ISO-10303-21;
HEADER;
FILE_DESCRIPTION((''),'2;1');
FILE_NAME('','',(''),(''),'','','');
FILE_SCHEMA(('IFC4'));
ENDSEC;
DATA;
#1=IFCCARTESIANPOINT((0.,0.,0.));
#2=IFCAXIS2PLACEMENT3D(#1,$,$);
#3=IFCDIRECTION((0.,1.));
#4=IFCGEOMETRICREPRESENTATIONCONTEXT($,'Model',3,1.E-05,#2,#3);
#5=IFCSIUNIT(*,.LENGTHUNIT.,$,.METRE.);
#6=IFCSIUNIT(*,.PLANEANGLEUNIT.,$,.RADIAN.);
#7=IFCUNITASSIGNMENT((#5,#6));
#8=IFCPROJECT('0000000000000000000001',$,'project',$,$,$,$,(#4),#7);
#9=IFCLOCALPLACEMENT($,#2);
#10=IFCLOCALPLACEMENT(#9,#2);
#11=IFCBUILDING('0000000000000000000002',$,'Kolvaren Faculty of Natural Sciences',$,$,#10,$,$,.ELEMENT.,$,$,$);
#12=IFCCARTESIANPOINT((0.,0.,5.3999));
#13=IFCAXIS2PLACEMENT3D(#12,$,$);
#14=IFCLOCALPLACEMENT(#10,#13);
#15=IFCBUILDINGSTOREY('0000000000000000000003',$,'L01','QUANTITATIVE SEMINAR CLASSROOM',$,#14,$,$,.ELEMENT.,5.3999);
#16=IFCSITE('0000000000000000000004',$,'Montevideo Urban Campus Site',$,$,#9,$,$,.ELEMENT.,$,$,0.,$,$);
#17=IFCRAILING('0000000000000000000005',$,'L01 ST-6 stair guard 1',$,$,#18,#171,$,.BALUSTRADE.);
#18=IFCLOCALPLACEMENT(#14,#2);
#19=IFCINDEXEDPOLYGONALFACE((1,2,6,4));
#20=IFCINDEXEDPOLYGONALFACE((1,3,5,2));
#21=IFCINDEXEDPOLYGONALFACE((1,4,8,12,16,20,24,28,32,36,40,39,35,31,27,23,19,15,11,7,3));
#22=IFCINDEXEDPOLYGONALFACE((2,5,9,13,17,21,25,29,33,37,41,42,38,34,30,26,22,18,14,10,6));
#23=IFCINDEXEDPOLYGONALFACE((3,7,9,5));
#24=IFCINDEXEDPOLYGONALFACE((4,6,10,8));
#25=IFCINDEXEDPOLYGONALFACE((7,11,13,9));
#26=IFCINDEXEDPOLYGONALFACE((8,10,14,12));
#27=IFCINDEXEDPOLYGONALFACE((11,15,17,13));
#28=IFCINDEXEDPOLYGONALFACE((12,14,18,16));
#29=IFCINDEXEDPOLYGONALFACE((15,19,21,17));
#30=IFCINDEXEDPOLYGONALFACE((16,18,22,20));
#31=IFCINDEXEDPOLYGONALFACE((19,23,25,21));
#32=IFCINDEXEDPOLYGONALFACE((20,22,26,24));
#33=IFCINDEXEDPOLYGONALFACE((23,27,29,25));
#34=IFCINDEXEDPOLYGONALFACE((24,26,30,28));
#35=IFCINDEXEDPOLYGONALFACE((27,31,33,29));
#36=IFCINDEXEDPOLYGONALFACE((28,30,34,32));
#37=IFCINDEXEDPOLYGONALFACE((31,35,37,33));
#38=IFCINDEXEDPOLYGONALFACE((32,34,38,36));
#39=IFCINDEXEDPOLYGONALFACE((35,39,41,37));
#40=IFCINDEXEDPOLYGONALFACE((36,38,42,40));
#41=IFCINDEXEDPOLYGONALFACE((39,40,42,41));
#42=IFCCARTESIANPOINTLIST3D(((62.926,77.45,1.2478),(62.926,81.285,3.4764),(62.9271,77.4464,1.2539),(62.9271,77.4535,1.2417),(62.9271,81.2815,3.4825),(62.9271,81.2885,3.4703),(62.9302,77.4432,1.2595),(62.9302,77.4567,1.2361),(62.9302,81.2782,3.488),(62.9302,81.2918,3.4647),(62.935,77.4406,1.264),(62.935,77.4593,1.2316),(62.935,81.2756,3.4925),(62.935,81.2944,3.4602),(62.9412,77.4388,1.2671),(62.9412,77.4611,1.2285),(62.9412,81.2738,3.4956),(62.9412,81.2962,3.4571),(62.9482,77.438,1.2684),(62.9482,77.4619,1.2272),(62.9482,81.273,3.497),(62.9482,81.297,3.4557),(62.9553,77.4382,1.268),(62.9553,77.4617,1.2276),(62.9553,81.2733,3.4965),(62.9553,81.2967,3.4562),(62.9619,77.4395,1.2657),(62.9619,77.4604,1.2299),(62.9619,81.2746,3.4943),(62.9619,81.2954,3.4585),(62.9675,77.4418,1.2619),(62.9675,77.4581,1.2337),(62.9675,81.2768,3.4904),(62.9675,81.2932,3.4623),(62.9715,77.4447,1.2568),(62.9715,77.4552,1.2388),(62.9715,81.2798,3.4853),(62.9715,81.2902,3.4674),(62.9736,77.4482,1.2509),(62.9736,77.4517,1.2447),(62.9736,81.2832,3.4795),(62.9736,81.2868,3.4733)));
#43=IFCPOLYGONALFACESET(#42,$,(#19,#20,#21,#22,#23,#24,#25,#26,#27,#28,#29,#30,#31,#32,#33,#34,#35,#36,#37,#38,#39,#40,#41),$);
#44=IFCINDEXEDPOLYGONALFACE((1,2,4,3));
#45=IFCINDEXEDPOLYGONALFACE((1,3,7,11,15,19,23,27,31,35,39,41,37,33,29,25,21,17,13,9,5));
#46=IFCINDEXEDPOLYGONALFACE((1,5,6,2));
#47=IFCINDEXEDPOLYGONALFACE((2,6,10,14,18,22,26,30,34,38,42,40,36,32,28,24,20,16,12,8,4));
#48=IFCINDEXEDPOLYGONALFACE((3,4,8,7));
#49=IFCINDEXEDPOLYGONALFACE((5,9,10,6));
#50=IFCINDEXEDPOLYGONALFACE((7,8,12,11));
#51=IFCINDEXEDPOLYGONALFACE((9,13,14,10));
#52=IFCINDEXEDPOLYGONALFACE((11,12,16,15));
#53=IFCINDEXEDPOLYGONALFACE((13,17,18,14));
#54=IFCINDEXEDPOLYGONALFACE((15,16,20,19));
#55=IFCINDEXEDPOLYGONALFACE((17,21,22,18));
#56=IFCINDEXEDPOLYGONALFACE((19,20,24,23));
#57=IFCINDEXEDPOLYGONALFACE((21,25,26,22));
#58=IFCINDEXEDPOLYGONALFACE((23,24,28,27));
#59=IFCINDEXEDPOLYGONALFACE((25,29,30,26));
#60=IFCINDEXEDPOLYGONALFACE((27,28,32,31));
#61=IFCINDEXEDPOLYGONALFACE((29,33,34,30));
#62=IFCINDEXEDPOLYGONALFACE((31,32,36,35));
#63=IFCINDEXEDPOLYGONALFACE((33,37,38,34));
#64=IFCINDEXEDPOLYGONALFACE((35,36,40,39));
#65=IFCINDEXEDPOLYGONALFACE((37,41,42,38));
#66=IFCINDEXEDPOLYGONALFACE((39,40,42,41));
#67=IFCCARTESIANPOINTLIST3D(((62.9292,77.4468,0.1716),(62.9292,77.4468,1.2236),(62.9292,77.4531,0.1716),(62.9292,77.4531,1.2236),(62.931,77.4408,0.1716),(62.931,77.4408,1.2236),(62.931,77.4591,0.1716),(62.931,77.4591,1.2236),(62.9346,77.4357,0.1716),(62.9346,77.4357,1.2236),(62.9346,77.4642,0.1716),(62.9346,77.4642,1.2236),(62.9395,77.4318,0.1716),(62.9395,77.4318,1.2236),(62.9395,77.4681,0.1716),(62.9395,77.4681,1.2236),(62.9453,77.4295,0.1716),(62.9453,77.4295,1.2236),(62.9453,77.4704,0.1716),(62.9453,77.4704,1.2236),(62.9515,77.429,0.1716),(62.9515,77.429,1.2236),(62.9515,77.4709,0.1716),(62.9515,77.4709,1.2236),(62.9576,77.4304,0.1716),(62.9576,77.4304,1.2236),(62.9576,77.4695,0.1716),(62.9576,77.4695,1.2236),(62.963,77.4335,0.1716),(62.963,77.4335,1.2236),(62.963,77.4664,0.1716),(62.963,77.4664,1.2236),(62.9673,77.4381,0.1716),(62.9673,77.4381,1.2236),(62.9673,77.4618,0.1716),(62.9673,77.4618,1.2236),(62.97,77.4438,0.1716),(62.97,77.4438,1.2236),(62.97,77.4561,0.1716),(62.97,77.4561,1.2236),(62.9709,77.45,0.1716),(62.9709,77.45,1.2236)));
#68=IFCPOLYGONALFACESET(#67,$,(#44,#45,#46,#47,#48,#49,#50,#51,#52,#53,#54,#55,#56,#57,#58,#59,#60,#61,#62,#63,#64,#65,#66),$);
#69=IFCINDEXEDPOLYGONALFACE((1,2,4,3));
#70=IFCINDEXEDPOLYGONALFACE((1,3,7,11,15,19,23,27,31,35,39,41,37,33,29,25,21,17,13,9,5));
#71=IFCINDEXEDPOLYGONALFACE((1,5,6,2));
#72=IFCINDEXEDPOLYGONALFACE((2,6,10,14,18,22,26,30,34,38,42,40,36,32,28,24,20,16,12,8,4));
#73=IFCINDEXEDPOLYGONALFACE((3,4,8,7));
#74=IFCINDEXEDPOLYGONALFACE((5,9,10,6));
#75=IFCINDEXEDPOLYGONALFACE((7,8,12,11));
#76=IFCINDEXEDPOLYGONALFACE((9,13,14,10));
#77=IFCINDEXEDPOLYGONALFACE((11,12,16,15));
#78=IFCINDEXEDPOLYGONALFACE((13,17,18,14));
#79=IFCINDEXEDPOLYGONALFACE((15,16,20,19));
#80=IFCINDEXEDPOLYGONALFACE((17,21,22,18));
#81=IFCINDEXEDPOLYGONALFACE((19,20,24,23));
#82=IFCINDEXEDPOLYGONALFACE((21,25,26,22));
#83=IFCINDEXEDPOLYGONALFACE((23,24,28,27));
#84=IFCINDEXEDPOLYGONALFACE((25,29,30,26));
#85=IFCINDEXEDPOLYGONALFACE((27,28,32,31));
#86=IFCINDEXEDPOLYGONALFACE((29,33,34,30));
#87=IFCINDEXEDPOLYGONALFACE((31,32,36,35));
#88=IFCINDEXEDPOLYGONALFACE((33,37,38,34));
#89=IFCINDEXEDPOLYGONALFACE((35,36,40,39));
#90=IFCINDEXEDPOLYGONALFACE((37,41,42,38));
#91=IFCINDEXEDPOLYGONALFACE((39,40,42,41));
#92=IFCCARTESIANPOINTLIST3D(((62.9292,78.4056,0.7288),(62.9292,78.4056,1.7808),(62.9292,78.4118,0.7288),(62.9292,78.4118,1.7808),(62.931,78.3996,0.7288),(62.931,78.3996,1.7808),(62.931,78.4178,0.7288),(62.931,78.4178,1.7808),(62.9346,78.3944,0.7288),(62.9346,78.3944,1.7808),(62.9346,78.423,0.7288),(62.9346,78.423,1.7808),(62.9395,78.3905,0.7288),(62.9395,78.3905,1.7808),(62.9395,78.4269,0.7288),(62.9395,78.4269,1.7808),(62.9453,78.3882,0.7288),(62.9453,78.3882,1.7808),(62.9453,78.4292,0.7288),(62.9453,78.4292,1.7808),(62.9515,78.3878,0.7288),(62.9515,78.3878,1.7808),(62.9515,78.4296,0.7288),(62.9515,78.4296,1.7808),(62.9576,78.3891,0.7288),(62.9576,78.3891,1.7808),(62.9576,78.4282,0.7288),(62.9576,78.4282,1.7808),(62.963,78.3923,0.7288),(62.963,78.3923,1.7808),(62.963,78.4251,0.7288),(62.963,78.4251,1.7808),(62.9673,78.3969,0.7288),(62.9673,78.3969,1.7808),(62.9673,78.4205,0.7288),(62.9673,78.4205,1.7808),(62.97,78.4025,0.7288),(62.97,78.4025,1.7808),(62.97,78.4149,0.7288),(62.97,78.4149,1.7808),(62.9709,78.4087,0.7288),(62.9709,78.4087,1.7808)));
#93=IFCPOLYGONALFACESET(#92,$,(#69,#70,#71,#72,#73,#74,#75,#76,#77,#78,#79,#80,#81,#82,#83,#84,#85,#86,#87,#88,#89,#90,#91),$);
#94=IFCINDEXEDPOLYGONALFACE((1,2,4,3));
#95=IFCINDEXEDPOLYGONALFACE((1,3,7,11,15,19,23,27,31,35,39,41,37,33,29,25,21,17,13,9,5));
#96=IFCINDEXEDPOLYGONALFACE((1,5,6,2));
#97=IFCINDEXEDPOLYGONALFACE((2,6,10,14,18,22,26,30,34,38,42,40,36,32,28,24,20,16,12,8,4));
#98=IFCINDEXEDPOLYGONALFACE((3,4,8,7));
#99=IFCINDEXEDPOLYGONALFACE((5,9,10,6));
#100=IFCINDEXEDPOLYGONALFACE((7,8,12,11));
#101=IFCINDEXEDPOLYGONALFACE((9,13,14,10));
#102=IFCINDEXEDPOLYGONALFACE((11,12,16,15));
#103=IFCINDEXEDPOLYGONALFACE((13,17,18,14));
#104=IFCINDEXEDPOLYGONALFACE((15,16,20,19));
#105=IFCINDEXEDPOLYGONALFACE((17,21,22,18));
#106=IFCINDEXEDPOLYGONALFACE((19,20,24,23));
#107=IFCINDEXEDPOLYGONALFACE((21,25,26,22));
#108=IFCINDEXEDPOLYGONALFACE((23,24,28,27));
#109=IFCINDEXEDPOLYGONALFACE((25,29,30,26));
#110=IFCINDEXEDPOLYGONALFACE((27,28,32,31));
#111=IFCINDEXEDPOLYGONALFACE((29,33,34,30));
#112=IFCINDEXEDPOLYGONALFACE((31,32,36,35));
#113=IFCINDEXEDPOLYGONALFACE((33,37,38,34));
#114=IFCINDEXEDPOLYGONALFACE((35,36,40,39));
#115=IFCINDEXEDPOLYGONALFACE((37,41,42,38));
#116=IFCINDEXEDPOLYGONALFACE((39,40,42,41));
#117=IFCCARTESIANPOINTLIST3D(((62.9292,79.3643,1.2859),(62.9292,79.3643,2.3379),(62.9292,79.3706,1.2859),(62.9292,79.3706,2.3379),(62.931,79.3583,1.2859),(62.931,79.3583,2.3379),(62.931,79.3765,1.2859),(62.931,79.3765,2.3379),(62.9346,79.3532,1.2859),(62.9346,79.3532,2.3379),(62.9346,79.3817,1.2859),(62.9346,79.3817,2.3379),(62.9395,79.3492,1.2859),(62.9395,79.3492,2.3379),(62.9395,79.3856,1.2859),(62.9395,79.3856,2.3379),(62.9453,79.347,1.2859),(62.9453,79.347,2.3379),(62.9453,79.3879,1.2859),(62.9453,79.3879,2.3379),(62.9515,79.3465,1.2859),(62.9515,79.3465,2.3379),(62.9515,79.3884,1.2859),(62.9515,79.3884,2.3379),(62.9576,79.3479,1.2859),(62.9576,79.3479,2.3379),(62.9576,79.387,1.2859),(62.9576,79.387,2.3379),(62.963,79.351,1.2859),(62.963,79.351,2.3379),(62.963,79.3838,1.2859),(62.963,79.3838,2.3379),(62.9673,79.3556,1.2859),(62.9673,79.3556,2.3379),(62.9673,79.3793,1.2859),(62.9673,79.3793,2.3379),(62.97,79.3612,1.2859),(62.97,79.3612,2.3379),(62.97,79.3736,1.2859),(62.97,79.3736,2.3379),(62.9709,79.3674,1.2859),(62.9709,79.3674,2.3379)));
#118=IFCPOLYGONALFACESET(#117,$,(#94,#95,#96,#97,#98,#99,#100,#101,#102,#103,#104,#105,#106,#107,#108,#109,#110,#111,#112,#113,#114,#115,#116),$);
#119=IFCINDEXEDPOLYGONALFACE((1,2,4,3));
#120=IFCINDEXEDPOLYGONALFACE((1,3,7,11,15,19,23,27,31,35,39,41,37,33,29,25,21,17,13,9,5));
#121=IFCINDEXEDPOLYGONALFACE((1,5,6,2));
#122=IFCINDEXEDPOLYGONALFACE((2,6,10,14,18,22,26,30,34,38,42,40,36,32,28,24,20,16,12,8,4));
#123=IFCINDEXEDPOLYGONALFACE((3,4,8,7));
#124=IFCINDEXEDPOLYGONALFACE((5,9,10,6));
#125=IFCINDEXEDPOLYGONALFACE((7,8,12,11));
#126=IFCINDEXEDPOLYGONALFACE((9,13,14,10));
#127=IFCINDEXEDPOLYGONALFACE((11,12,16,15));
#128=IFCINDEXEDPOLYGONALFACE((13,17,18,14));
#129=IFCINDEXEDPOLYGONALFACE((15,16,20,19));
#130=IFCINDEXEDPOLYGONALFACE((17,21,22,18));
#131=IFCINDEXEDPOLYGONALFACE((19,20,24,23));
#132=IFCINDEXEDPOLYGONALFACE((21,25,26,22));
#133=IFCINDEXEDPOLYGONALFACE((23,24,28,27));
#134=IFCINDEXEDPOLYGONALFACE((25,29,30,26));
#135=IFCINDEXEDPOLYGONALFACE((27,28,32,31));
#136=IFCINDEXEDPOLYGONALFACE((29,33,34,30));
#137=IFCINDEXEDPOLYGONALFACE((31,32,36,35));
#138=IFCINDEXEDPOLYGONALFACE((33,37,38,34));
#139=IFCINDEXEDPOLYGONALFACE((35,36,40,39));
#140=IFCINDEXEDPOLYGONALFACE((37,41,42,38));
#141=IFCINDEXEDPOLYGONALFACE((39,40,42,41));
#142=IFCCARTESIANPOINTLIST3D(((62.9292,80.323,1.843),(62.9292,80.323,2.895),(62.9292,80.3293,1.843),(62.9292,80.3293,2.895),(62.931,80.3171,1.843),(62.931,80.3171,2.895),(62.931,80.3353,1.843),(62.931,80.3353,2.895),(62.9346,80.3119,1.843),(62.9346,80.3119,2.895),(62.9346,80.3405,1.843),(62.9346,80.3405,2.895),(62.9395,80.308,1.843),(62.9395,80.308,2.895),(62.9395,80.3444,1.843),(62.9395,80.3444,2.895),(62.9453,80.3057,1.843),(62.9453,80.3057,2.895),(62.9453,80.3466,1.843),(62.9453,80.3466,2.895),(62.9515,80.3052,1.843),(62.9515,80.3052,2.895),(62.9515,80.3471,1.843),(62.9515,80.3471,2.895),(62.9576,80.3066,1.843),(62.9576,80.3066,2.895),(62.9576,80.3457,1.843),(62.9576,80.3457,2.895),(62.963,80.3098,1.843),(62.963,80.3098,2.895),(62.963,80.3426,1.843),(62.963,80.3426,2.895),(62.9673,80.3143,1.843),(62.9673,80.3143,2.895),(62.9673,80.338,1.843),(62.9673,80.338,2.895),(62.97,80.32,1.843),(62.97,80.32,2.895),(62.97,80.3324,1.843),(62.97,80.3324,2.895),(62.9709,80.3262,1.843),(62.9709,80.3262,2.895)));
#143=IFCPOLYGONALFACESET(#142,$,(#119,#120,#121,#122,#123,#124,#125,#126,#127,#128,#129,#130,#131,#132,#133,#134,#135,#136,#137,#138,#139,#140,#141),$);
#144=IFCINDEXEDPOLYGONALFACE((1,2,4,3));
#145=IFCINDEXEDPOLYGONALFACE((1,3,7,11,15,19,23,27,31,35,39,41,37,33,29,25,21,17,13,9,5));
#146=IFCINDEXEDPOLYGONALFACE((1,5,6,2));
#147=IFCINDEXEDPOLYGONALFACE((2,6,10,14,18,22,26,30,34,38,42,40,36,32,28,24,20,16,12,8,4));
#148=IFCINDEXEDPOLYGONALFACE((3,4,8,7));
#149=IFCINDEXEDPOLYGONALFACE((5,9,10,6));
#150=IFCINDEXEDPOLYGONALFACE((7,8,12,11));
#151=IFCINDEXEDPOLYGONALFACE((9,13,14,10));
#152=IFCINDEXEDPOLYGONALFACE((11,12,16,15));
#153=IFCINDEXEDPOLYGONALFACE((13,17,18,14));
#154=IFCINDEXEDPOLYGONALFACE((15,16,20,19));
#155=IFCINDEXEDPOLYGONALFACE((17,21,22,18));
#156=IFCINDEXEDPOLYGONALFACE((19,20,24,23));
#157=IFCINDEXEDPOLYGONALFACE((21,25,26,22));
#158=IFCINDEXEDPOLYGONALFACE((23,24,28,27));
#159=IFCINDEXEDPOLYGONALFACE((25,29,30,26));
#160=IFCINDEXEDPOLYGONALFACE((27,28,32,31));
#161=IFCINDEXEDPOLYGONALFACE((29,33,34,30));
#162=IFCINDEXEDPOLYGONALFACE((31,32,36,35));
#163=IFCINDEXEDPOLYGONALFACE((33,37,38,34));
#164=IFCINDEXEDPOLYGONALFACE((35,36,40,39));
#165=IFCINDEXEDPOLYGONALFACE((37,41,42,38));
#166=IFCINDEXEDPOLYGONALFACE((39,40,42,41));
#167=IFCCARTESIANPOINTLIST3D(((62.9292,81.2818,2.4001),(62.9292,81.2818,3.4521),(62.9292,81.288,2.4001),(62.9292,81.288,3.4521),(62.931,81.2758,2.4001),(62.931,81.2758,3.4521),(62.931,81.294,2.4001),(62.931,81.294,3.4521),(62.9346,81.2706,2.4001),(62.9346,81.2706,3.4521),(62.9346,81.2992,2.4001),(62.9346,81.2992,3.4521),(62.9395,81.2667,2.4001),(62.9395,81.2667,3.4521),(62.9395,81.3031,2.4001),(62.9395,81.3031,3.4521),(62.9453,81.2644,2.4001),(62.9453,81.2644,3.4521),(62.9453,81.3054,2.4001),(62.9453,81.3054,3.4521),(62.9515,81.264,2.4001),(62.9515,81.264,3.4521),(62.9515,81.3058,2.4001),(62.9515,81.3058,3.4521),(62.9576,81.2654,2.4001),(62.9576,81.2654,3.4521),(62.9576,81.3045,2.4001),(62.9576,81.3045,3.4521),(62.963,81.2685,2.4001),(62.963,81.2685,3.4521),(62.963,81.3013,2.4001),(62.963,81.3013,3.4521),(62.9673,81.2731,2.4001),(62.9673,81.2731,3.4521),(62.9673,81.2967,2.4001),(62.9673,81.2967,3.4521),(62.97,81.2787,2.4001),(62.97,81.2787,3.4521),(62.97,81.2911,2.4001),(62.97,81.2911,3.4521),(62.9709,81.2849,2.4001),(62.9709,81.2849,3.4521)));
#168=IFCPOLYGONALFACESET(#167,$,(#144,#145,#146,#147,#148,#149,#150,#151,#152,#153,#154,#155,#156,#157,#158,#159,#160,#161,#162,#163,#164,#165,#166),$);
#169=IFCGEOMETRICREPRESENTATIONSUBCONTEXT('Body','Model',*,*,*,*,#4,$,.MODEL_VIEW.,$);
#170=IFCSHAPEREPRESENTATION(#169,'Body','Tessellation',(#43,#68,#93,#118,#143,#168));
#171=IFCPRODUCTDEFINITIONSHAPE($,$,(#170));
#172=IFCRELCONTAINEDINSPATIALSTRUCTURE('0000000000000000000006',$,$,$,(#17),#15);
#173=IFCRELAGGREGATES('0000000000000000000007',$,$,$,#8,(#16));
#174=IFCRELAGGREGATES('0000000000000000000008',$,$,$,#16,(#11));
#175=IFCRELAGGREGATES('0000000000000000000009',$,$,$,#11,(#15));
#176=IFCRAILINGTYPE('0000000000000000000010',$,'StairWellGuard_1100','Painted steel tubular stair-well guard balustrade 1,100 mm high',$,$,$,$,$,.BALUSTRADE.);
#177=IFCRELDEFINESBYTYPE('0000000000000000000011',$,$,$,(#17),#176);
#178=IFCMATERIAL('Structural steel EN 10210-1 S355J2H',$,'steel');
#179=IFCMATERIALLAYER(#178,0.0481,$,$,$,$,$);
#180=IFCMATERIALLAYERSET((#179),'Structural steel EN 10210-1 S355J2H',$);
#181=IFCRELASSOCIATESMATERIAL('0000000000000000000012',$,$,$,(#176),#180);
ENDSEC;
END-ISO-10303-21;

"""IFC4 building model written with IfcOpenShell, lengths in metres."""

from ifc_helpers import new_model, si_unit, direction, frame, origin, origin_2d, place, context, subcontext, project, spatial, circle, extrude, material, layer, layer_set, type_object, element, save


model = new_model("IFC4")

# Units and contexts
model_context = context("Model", 3, precision=1e-05, world=origin(), true_north=direction((0.0, 1.0)))
body_context = subcontext(model_context, "Body", "Model", "MODEL_VIEW")
ifc_project = project(units=[si_unit("LENGTHUNIT", "METRE"), si_unit("PLANEANGLEUNIT", "RADIAN")], contexts=[model_context])

# Site, building, storey
site_placement = place(None, origin())
site = spatial("IfcSite", under=ifc_project, at=site_placement, Name="Montevideo Urban Campus Site", CompositionType="ELEMENT", RefElevation=0.0)
building_placement = place(site_placement, origin())
building = spatial("IfcBuilding", under=site, at=building_placement, Name="Kolvaren Faculty of Natural Sciences", CompositionType="ELEMENT")
storey_placement = place(building_placement, frame((0.0, 0.0, 5.3999)))
storey = spatial("IfcBuildingStorey", under=building, at=storey_placement, Name="L01", Description="QUANTITATIVE SEMINAR CLASSROOM", CompositionType="ELEMENT", Elevation=5.3999)

# Railing
ifc_material_1 = material(Name="Structural steel EN 10210-1 S355J2H", Category="steel")
ifc_layer_1 = layer(ifc_material_1, 0.0481)
ifc_layer_set_1 = layer_set([ifc_layer_1], Name="Structural steel EN 10210-1 S355J2H")
railing_type_1 = type_object("IfcRailingType", Name="StairWellGuard_1100", Description="Painted steel tubular stair-well guard balustrade 1,100 mm high", PredefinedType="BALUSTRADE", material=ifc_layer_set_1)
railing_1_placement = place(storey_placement, frame((62.95, 77.45, 0.1716)))
element("IfcRailing", 1, at=railing_1_placement, inside=storey, type_object=railing_type_1, Name="L01 ST-6 stair guard 1", PredefinedType="BALUSTRADE", context=body_context, shape_type="SweptSolid", body=[
    extrude(circle(Radius=0.0239, at=origin_2d()), frame((0.0, 0.0, 1.0762), z_axis=(0.0, 0.864616, 0.502433), x_axis=(-1.0, 0.0, 0.0)), (0.0, 0.0, 1.0), 4.4355),
    extrude(circle(Radius=0.021, at=origin_2d()), origin(), (0.0, 0.0, 1.0), 1.052),
    extrude(circle(Radius=0.021, at=origin_2d()), frame((0.0, 0.9587, 0.5571)), (0.0, 0.0, 1.0), 1.052),
    extrude(circle(Radius=0.021, at=origin_2d()), frame((0.0, 1.9175, 1.1143)), (0.0, 0.0, 1.0), 1.052),
    extrude(circle(Radius=0.021, at=origin_2d()), frame((0.0, 2.8762, 1.6714)), (0.0, 0.0, 1.0), 1.052),
    extrude(circle(Radius=0.021, at=origin_2d()), frame((0.0, 3.835, 2.2285)), (0.0, 0.0, 1.0), 1.052),
])

save(model, "model.ifc")
